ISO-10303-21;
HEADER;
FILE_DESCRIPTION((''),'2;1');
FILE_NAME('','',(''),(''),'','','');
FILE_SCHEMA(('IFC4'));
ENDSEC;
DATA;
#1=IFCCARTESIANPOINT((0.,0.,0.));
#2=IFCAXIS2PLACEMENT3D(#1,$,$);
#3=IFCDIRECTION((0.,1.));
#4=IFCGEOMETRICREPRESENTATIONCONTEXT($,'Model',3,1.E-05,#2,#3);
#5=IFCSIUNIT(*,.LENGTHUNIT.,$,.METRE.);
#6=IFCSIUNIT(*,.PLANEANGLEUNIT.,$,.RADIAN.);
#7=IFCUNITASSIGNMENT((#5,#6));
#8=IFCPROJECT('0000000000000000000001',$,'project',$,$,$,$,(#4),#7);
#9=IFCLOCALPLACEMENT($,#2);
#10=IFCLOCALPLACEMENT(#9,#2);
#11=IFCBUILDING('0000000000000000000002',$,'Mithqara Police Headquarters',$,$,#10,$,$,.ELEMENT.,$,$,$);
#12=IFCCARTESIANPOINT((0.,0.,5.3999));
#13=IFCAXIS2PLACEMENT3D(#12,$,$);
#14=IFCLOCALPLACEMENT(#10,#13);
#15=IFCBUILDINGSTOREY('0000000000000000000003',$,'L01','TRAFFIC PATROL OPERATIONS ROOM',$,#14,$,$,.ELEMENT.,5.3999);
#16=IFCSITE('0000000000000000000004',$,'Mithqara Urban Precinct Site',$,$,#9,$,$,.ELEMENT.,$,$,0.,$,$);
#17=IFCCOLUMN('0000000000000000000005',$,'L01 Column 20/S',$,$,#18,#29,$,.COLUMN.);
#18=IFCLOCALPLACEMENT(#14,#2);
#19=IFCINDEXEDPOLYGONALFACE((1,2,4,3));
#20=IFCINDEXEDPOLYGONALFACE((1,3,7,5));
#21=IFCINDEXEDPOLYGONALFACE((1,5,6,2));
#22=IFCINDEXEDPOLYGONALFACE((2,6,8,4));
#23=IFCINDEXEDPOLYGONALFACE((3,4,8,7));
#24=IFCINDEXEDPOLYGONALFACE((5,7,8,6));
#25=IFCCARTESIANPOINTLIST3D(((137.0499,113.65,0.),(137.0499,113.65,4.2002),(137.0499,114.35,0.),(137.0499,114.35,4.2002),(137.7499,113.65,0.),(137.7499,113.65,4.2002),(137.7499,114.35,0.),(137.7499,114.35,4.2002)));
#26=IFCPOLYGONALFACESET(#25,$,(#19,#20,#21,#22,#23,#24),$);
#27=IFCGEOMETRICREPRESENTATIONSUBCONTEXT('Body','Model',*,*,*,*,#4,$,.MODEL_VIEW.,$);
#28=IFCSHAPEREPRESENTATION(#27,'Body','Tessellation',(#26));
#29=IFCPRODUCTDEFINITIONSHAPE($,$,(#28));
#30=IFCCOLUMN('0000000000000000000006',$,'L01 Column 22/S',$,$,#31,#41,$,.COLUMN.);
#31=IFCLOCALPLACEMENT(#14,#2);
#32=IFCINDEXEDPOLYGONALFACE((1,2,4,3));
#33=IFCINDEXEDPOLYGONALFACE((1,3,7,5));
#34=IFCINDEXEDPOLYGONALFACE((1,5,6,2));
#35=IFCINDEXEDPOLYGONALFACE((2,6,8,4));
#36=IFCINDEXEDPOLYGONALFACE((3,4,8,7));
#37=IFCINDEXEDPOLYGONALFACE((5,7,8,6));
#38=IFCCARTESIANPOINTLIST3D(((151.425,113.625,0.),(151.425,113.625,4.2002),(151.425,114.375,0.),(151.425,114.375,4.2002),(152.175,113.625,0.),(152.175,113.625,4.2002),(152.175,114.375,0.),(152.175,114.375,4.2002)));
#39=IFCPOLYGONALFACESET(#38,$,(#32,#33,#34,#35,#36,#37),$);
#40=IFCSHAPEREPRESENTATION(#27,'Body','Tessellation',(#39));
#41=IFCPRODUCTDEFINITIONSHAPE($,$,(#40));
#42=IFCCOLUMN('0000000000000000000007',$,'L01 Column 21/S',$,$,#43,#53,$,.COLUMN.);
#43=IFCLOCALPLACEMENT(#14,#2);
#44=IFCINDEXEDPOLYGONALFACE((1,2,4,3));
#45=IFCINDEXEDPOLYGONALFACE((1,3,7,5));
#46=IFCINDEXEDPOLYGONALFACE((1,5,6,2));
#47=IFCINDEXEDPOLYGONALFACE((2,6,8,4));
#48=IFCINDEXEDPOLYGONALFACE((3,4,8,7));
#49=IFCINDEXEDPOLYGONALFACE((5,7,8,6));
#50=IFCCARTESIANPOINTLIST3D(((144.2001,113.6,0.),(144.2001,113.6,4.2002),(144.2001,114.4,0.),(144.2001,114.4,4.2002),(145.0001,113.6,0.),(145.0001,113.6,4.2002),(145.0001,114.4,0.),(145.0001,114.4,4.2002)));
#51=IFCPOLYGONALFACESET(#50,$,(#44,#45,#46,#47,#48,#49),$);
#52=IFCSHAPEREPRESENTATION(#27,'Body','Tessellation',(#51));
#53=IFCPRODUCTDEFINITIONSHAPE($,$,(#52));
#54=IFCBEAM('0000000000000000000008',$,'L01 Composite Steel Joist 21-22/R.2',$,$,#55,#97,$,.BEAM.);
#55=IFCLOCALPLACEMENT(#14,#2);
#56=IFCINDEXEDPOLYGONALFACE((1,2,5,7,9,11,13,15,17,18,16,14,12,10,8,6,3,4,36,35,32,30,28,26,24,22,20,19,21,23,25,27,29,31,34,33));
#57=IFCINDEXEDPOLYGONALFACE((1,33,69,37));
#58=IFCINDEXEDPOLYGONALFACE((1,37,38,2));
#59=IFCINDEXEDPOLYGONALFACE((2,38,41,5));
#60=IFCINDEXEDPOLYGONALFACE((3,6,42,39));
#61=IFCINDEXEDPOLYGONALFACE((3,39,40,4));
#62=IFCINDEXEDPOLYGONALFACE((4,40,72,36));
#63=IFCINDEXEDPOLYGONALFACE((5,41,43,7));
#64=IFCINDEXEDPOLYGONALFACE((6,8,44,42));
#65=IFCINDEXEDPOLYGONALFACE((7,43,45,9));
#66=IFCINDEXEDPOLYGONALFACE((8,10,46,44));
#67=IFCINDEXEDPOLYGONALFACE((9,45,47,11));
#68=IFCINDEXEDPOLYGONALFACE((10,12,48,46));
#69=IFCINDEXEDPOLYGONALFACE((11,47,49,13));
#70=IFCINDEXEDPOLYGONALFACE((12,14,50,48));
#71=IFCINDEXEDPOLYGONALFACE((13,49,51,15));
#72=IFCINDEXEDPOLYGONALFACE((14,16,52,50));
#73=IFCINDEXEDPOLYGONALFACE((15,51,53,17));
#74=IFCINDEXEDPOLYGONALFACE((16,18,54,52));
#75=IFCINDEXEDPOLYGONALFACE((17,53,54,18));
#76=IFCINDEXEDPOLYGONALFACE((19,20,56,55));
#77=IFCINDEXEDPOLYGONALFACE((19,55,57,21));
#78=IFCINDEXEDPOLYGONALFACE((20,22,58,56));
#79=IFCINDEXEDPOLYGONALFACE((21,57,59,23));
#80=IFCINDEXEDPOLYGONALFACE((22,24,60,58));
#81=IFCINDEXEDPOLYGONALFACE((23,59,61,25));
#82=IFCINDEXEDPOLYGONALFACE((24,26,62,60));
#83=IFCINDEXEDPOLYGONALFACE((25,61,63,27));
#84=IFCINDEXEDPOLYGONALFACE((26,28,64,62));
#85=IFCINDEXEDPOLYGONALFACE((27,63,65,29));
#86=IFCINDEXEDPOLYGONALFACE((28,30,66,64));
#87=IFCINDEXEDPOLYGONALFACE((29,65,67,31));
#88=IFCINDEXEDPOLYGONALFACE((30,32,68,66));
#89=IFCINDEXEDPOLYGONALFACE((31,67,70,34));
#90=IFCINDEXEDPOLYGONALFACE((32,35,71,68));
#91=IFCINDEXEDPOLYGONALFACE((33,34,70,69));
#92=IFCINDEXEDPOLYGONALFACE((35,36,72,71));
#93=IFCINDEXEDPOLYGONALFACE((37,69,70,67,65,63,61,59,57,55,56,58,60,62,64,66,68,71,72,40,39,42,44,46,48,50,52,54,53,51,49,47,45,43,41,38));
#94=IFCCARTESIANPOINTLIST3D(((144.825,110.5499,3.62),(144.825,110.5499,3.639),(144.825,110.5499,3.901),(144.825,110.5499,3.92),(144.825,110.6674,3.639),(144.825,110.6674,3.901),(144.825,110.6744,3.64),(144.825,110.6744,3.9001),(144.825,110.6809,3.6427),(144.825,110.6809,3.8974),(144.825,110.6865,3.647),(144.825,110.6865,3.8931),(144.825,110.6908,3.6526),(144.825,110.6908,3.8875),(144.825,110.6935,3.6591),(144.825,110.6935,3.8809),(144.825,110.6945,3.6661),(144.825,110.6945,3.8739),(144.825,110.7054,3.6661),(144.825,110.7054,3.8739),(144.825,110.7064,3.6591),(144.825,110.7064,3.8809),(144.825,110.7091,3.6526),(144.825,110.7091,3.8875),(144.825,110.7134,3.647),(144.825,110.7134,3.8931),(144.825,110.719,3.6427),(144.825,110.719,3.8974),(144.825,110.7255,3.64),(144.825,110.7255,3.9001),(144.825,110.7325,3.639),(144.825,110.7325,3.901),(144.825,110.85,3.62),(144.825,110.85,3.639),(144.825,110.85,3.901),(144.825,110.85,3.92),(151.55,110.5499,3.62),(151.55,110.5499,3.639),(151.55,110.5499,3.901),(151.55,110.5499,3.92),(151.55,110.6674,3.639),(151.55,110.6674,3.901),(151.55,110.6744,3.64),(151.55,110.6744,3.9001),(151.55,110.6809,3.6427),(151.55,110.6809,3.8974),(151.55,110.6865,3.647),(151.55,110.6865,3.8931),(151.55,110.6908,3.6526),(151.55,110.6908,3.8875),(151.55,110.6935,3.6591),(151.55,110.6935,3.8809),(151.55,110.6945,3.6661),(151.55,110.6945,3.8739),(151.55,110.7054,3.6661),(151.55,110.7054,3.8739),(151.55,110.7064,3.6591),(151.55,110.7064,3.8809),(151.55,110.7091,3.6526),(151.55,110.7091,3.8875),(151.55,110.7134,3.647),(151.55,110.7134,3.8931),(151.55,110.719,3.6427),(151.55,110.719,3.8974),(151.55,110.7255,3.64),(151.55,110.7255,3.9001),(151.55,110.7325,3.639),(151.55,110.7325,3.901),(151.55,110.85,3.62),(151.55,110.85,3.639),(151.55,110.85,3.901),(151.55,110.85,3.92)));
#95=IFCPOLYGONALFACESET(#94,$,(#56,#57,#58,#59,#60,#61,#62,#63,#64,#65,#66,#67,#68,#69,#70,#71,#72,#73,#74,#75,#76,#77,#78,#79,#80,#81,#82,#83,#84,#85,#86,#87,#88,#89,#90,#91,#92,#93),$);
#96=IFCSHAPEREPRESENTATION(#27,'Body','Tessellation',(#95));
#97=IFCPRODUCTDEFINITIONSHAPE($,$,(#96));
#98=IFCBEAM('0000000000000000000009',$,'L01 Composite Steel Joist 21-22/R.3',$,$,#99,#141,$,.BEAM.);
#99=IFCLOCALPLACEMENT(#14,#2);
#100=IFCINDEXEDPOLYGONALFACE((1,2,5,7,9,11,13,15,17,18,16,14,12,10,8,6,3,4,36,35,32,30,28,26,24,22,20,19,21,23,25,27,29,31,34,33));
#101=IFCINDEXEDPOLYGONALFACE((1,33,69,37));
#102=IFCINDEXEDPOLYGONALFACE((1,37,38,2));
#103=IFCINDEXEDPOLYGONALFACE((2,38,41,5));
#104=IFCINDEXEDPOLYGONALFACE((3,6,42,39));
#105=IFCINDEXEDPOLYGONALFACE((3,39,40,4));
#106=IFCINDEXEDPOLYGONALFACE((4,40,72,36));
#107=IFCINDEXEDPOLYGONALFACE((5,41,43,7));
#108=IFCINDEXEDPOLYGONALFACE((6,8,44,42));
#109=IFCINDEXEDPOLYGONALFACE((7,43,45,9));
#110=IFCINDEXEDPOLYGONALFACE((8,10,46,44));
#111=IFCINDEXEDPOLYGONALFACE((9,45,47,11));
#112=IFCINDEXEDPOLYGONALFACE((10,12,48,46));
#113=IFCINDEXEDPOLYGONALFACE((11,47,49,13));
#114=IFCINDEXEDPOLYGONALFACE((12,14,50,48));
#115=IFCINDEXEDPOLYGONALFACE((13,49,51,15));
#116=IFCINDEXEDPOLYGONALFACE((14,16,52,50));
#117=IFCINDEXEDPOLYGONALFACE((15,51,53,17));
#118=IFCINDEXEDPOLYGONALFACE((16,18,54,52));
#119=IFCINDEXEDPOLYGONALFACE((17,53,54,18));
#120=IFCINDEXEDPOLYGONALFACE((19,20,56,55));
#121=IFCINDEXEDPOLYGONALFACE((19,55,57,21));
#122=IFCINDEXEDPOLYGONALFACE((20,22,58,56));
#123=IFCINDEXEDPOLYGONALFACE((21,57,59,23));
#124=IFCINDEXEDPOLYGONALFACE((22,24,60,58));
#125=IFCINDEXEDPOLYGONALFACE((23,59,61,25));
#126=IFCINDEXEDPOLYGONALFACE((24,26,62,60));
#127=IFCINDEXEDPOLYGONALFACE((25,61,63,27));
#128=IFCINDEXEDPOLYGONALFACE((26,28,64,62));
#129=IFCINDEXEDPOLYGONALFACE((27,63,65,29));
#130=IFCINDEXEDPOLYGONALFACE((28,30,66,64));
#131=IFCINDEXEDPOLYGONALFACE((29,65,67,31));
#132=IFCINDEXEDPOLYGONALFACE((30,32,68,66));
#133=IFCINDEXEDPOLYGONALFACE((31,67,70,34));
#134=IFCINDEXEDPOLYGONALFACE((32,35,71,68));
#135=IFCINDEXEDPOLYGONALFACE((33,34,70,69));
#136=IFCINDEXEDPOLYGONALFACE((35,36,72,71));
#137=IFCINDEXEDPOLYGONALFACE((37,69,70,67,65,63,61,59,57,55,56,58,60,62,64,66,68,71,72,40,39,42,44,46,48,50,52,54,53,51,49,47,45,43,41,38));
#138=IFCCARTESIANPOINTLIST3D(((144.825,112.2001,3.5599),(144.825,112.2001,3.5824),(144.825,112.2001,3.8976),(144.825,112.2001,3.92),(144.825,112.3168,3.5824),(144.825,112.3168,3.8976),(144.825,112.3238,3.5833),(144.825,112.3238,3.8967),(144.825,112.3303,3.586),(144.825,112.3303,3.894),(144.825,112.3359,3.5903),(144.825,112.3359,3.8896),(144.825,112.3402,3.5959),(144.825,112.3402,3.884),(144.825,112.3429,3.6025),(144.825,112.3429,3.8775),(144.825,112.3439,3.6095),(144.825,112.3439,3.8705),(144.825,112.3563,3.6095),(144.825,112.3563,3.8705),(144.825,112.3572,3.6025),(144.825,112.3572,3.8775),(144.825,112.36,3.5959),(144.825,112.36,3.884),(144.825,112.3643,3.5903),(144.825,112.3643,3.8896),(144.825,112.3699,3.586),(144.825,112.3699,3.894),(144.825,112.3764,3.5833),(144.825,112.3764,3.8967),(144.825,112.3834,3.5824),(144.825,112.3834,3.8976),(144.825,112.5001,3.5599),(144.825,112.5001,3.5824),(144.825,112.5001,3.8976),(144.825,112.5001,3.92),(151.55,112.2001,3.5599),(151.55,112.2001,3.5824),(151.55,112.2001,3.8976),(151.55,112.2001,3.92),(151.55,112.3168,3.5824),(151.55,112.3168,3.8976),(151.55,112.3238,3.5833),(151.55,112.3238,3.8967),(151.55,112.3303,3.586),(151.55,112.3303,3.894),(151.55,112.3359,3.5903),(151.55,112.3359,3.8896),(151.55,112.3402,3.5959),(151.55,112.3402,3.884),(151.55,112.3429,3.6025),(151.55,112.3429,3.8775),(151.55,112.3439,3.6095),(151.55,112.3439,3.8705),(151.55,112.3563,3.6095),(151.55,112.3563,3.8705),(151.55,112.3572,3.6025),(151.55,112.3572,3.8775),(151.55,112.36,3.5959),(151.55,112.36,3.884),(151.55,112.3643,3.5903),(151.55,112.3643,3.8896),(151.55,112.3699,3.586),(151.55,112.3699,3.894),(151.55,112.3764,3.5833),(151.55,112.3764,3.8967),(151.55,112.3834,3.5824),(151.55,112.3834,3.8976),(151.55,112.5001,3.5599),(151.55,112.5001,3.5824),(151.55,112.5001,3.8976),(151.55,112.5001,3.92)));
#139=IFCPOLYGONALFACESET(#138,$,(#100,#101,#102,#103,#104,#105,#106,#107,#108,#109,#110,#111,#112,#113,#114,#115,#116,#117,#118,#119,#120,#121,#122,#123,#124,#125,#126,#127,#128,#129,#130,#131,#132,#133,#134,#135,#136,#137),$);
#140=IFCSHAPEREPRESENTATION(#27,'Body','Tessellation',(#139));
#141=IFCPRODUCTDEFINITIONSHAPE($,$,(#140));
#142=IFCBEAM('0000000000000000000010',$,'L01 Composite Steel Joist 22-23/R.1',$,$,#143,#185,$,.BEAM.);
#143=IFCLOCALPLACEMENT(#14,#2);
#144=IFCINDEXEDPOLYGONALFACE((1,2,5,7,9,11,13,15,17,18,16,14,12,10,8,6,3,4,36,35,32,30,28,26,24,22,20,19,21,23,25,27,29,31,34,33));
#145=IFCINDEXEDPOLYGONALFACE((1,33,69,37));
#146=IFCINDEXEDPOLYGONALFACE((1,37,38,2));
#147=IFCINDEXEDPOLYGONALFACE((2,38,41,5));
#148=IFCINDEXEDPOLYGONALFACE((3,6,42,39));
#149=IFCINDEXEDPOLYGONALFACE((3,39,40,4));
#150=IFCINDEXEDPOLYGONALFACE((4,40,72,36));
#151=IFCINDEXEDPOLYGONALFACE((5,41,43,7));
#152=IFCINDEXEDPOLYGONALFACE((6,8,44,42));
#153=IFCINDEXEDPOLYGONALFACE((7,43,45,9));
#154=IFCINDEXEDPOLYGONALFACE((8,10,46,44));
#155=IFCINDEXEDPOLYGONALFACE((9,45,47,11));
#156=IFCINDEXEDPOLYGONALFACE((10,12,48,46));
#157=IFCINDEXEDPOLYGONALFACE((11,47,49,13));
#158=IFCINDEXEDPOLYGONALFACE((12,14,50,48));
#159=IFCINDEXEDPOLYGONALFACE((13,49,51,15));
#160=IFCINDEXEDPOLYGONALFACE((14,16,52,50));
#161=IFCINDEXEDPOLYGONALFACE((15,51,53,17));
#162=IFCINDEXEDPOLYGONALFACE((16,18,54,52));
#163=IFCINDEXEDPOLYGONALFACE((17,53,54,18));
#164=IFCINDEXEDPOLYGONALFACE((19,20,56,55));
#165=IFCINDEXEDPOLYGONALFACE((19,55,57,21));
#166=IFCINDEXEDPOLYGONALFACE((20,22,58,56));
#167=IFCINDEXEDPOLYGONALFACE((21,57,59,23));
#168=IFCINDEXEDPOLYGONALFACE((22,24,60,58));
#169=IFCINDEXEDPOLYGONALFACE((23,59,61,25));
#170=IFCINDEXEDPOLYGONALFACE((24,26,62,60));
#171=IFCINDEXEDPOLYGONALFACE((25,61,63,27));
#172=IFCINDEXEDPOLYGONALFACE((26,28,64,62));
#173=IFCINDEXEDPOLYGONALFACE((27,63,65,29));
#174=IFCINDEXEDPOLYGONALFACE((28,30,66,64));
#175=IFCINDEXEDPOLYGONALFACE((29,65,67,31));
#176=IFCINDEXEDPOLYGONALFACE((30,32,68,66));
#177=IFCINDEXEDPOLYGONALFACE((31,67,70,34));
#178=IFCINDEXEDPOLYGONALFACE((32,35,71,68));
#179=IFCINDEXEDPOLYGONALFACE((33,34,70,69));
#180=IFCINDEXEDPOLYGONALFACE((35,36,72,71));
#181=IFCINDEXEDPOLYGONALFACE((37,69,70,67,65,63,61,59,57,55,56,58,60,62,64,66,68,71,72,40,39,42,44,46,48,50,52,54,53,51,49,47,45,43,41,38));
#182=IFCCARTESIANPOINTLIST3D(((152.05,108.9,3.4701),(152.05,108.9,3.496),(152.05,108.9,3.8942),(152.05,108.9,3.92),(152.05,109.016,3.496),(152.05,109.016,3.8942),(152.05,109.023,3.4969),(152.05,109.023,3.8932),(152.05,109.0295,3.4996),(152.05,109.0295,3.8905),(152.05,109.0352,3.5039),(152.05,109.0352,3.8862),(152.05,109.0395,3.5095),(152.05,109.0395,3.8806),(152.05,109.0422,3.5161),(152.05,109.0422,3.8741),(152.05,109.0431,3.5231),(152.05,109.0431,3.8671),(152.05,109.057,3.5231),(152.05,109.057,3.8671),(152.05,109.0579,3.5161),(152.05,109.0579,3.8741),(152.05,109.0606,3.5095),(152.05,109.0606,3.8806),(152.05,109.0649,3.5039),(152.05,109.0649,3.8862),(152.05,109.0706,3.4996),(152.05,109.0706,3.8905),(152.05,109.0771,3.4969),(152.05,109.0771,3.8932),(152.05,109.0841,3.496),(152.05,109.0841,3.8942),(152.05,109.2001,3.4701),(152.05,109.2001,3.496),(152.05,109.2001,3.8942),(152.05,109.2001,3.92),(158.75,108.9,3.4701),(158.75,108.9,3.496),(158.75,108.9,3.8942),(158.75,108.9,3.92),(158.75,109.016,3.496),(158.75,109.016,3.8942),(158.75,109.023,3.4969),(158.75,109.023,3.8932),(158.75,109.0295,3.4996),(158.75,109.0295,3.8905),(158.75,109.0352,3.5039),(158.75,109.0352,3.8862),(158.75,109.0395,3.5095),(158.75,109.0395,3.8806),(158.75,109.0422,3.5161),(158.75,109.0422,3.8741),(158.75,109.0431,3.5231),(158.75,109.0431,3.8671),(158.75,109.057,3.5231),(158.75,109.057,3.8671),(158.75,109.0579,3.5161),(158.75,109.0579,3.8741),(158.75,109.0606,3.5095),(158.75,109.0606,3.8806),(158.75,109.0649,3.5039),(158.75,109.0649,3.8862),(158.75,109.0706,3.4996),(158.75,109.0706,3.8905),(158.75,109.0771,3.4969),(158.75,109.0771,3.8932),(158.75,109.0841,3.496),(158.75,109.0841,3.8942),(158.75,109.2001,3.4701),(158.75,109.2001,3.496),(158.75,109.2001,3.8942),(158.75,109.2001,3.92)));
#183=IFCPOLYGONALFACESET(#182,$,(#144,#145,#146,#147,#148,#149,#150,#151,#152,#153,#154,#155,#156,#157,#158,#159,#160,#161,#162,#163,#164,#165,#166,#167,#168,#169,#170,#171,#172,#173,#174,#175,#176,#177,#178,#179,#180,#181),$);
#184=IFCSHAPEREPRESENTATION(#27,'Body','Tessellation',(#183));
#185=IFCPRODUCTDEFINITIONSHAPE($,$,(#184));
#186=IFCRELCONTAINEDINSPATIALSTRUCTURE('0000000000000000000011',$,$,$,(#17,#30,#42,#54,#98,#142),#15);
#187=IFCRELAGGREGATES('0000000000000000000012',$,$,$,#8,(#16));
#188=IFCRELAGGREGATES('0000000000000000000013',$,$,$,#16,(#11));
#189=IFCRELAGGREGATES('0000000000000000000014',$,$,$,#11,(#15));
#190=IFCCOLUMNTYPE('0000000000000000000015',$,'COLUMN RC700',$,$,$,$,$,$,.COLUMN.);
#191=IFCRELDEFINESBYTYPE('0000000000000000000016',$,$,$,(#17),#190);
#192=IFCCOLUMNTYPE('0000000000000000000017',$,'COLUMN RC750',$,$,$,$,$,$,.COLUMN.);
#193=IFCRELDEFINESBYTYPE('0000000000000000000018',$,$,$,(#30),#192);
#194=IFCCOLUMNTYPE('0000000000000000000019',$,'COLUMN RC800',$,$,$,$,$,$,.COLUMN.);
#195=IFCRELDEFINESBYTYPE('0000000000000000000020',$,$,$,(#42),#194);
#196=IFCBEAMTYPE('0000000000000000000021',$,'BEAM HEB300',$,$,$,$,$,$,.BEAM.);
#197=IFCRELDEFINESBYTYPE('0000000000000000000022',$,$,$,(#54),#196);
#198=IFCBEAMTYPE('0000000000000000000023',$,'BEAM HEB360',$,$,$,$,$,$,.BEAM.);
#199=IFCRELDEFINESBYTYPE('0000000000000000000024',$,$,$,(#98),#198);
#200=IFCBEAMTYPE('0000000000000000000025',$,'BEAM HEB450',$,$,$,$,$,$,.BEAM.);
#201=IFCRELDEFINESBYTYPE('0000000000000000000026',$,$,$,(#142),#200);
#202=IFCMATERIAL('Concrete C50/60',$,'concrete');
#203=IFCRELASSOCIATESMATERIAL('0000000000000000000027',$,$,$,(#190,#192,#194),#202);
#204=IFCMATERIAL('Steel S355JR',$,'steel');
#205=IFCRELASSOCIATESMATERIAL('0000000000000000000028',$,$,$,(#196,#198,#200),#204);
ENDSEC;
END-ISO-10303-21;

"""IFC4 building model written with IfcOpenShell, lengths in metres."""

from ifc_helpers import new_model, si_unit, direction, frame, origin, origin_2d, place, context, subcontext, project, spatial, rectangle, i_section, extrude, material, material_profile, profile_set, type_object, element, save


model = new_model("IFC4")

# Units and contexts
model_context = context("Model", 3, precision=1e-05, world=origin(), true_north=direction((0.0, 1.0)))
body_context = subcontext(model_context, "Body", "Model", "MODEL_VIEW")
ifc_project = project(units=[si_unit("LENGTHUNIT", "METRE"), si_unit("PLANEANGLEUNIT", "RADIAN")], contexts=[model_context])

# Site, building, storey
site_placement = place(None, origin())
site = spatial("IfcSite", under=ifc_project, at=site_placement, Name="Mithqara Urban Precinct Site", CompositionType="ELEMENT", RefElevation=0.0)
building_placement = place(site_placement, origin())
building = spatial("IfcBuilding", under=site, at=building_placement, Name="Mithqara Police Headquarters", CompositionType="ELEMENT")
storey_placement = place(building_placement, frame((0.0, 0.0, 5.3999)))
storey = spatial("IfcBuildingStorey", under=building, at=storey_placement, Name="L01", Description="TRAFFIC PATROL OPERATIONS ROOM", CompositionType="ELEMENT", Elevation=5.3999)

# Columns
ifc_material_1 = material(Name="Concrete C50/60", Category="concrete")
ifc_material_profile_1 = material_profile(ifc_material_1, rectangle(XDim=0.7, YDim=0.7, at=origin_2d()), Name="RC 700x700")
ifc_profile_set_1 = profile_set([ifc_material_profile_1], Name="Concrete C50/60")
column_type_1 = type_object("IfcColumnType", Name="COLUMN RC700", PredefinedType="COLUMN", material=ifc_profile_set_1)
column_1_placement = place(storey_placement, frame((137.3999, 114.0, 0.0), z_axis=(0.0, 0.0, 1.0), x_axis=(1.0, 0.0, 0.0)))
element("IfcColumn", 1, at=column_1_placement, inside=storey, type_object=column_type_1, Name="L01 Column 20/S", PredefinedType="COLUMN", context=body_context, shape_type="SweptSolid", body=[
    extrude(rectangle(XDim=0.7, YDim=0.7, at=origin_2d()), origin(), (0.0, 0.0, 1.0), 4.2002),
])
ifc_material_profile_2 = material_profile(ifc_material_1, rectangle(XDim=0.75, YDim=0.75, at=origin_2d()), Name="RC 750x750")
ifc_profile_set_2 = profile_set([ifc_material_profile_2], Name="Concrete C50/60")
column_type_2 = type_object("IfcColumnType", Name="COLUMN RC750", PredefinedType="COLUMN", material=ifc_profile_set_2)
column_2_placement = place(storey_placement, frame((151.8, 114.0, 0.0), z_axis=(0.0, 0.0, 1.0), x_axis=(1.0, 0.0, 0.0)))
element("IfcColumn", 2, at=column_2_placement, inside=storey, type_object=column_type_2, Name="L01 Column 22/S", PredefinedType="COLUMN", context=body_context, shape_type="SweptSolid", body=[
    extrude(rectangle(XDim=0.75, YDim=0.75, at=origin_2d()), origin(), (0.0, 0.0, 1.0), 4.2002),
])
ifc_material_profile_3 = material_profile(ifc_material_1, rectangle(XDim=0.8, YDim=0.8, at=origin_2d()), Name="RC 800x800")
ifc_profile_set_3 = profile_set([ifc_material_profile_3], Name="Concrete C50/60")
column_type_3 = type_object("IfcColumnType", Name="COLUMN RC800", PredefinedType="COLUMN", material=ifc_profile_set_3)
column_3_placement = place(storey_placement, frame((144.6001, 114.0, 0.0), z_axis=(0.0, 0.0, 1.0), x_axis=(1.0, 0.0, 0.0)))
element("IfcColumn", 3, at=column_3_placement, inside=storey, type_object=column_type_3, Name="L01 Column 21/S", PredefinedType="COLUMN", context=body_context, shape_type="SweptSolid", body=[
    extrude(rectangle(XDim=0.8, YDim=0.8, at=origin_2d()), origin(), (0.0, 0.0, 1.0), 4.2002),
])

# Beams
ifc_material_2 = material(Name="Steel S355JR", Category="steel")
ifc_material_profile_4 = material_profile(ifc_material_2, i_section(OverallWidth=0.3, OverallDepth=0.3, WebThickness=0.011, FlangeThickness=0.019, FilletRadius=0.0271, at=origin_2d()), Name="HEB 300")
ifc_profile_set_4 = profile_set([ifc_material_profile_4], Name="Steel S355JR")
beam_type_1 = type_object("IfcBeamType", Name="BEAM HEB300", PredefinedType="BEAM", material=ifc_profile_set_4)
beam_1_placement = place(storey_placement, frame((144.825, 110.7, 3.77), z_axis=(1.0, 0.0, 0.0), x_axis=(0.0, 1.0, 0.0)))
element("IfcBeam", 4, at=beam_1_placement, inside=storey, type_object=beam_type_1, Name="L01 Composite Steel Joist 21-22/R.2", PredefinedType="BEAM", context=body_context, shape_type="SweptSolid", body=[
    extrude(i_section(OverallWidth=0.3, OverallDepth=0.3, WebThickness=0.011, FlangeThickness=0.019, FilletRadius=0.0271, at=origin_2d()), origin(), (0.0, 0.0, 1.0), 6.7251),
])
ifc_material_profile_5 = material_profile(ifc_material_2, i_section(OverallWidth=0.3, OverallDepth=0.3601, WebThickness=0.0125, FlangeThickness=0.0225, FilletRadius=0.0271, at=origin_2d()), Name="HEB 360")
ifc_profile_set_5 = profile_set([ifc_material_profile_5], Name="Steel S355JR")
beam_type_2 = type_object("IfcBeamType", Name="BEAM HEB360", PredefinedType="BEAM", material=ifc_profile_set_5)
beam_2_placement = place(storey_placement, frame((144.825, 112.3501, 3.74), z_axis=(1.0, 0.0, 0.0), x_axis=(0.0, 1.0, 0.0)))
element("IfcBeam", 5, at=beam_2_placement, inside=storey, type_object=beam_type_2, Name="L01 Composite Steel Joist 21-22/R.3", PredefinedType="BEAM", context=body_context, shape_type="SweptSolid", body=[
    extrude(i_section(OverallWidth=0.3, OverallDepth=0.3601, WebThickness=0.0125, FlangeThickness=0.0225, FilletRadius=0.0271, at=origin_2d()), origin(), (0.0, 0.0, 1.0), 6.7251),
])
ifc_material_profile_6 = material_profile(ifc_material_2, i_section(OverallWidth=0.3, OverallDepth=0.45, WebThickness=0.0139, FlangeThickness=0.0259, FilletRadius=0.0271, at=origin_2d()), Name="HEB 450")
ifc_profile_set_6 = profile_set([ifc_material_profile_6], Name="Steel S355JR")
beam_type_3 = type_object("IfcBeamType", Name="BEAM HEB450", PredefinedType="BEAM", material=ifc_profile_set_6)
beam_3_placement = place(storey_placement, frame((152.05, 109.05, 3.6951), z_axis=(1.0, 0.0, 0.0), x_axis=(0.0, 1.0, 0.0)))
element("IfcBeam", 6, at=beam_3_placement, inside=storey, type_object=beam_type_3, Name="L01 Composite Steel Joist 22-23/R.1", PredefinedType="BEAM", context=body_context, shape_type="SweptSolid", body=[
    extrude(i_section(OverallWidth=0.3, OverallDepth=0.45, WebThickness=0.0139, FlangeThickness=0.0259, FilletRadius=0.0271, at=origin_2d()), origin(), (0.0, 0.0, 1.0), 6.7),
])

save(model, "model.ifc")
